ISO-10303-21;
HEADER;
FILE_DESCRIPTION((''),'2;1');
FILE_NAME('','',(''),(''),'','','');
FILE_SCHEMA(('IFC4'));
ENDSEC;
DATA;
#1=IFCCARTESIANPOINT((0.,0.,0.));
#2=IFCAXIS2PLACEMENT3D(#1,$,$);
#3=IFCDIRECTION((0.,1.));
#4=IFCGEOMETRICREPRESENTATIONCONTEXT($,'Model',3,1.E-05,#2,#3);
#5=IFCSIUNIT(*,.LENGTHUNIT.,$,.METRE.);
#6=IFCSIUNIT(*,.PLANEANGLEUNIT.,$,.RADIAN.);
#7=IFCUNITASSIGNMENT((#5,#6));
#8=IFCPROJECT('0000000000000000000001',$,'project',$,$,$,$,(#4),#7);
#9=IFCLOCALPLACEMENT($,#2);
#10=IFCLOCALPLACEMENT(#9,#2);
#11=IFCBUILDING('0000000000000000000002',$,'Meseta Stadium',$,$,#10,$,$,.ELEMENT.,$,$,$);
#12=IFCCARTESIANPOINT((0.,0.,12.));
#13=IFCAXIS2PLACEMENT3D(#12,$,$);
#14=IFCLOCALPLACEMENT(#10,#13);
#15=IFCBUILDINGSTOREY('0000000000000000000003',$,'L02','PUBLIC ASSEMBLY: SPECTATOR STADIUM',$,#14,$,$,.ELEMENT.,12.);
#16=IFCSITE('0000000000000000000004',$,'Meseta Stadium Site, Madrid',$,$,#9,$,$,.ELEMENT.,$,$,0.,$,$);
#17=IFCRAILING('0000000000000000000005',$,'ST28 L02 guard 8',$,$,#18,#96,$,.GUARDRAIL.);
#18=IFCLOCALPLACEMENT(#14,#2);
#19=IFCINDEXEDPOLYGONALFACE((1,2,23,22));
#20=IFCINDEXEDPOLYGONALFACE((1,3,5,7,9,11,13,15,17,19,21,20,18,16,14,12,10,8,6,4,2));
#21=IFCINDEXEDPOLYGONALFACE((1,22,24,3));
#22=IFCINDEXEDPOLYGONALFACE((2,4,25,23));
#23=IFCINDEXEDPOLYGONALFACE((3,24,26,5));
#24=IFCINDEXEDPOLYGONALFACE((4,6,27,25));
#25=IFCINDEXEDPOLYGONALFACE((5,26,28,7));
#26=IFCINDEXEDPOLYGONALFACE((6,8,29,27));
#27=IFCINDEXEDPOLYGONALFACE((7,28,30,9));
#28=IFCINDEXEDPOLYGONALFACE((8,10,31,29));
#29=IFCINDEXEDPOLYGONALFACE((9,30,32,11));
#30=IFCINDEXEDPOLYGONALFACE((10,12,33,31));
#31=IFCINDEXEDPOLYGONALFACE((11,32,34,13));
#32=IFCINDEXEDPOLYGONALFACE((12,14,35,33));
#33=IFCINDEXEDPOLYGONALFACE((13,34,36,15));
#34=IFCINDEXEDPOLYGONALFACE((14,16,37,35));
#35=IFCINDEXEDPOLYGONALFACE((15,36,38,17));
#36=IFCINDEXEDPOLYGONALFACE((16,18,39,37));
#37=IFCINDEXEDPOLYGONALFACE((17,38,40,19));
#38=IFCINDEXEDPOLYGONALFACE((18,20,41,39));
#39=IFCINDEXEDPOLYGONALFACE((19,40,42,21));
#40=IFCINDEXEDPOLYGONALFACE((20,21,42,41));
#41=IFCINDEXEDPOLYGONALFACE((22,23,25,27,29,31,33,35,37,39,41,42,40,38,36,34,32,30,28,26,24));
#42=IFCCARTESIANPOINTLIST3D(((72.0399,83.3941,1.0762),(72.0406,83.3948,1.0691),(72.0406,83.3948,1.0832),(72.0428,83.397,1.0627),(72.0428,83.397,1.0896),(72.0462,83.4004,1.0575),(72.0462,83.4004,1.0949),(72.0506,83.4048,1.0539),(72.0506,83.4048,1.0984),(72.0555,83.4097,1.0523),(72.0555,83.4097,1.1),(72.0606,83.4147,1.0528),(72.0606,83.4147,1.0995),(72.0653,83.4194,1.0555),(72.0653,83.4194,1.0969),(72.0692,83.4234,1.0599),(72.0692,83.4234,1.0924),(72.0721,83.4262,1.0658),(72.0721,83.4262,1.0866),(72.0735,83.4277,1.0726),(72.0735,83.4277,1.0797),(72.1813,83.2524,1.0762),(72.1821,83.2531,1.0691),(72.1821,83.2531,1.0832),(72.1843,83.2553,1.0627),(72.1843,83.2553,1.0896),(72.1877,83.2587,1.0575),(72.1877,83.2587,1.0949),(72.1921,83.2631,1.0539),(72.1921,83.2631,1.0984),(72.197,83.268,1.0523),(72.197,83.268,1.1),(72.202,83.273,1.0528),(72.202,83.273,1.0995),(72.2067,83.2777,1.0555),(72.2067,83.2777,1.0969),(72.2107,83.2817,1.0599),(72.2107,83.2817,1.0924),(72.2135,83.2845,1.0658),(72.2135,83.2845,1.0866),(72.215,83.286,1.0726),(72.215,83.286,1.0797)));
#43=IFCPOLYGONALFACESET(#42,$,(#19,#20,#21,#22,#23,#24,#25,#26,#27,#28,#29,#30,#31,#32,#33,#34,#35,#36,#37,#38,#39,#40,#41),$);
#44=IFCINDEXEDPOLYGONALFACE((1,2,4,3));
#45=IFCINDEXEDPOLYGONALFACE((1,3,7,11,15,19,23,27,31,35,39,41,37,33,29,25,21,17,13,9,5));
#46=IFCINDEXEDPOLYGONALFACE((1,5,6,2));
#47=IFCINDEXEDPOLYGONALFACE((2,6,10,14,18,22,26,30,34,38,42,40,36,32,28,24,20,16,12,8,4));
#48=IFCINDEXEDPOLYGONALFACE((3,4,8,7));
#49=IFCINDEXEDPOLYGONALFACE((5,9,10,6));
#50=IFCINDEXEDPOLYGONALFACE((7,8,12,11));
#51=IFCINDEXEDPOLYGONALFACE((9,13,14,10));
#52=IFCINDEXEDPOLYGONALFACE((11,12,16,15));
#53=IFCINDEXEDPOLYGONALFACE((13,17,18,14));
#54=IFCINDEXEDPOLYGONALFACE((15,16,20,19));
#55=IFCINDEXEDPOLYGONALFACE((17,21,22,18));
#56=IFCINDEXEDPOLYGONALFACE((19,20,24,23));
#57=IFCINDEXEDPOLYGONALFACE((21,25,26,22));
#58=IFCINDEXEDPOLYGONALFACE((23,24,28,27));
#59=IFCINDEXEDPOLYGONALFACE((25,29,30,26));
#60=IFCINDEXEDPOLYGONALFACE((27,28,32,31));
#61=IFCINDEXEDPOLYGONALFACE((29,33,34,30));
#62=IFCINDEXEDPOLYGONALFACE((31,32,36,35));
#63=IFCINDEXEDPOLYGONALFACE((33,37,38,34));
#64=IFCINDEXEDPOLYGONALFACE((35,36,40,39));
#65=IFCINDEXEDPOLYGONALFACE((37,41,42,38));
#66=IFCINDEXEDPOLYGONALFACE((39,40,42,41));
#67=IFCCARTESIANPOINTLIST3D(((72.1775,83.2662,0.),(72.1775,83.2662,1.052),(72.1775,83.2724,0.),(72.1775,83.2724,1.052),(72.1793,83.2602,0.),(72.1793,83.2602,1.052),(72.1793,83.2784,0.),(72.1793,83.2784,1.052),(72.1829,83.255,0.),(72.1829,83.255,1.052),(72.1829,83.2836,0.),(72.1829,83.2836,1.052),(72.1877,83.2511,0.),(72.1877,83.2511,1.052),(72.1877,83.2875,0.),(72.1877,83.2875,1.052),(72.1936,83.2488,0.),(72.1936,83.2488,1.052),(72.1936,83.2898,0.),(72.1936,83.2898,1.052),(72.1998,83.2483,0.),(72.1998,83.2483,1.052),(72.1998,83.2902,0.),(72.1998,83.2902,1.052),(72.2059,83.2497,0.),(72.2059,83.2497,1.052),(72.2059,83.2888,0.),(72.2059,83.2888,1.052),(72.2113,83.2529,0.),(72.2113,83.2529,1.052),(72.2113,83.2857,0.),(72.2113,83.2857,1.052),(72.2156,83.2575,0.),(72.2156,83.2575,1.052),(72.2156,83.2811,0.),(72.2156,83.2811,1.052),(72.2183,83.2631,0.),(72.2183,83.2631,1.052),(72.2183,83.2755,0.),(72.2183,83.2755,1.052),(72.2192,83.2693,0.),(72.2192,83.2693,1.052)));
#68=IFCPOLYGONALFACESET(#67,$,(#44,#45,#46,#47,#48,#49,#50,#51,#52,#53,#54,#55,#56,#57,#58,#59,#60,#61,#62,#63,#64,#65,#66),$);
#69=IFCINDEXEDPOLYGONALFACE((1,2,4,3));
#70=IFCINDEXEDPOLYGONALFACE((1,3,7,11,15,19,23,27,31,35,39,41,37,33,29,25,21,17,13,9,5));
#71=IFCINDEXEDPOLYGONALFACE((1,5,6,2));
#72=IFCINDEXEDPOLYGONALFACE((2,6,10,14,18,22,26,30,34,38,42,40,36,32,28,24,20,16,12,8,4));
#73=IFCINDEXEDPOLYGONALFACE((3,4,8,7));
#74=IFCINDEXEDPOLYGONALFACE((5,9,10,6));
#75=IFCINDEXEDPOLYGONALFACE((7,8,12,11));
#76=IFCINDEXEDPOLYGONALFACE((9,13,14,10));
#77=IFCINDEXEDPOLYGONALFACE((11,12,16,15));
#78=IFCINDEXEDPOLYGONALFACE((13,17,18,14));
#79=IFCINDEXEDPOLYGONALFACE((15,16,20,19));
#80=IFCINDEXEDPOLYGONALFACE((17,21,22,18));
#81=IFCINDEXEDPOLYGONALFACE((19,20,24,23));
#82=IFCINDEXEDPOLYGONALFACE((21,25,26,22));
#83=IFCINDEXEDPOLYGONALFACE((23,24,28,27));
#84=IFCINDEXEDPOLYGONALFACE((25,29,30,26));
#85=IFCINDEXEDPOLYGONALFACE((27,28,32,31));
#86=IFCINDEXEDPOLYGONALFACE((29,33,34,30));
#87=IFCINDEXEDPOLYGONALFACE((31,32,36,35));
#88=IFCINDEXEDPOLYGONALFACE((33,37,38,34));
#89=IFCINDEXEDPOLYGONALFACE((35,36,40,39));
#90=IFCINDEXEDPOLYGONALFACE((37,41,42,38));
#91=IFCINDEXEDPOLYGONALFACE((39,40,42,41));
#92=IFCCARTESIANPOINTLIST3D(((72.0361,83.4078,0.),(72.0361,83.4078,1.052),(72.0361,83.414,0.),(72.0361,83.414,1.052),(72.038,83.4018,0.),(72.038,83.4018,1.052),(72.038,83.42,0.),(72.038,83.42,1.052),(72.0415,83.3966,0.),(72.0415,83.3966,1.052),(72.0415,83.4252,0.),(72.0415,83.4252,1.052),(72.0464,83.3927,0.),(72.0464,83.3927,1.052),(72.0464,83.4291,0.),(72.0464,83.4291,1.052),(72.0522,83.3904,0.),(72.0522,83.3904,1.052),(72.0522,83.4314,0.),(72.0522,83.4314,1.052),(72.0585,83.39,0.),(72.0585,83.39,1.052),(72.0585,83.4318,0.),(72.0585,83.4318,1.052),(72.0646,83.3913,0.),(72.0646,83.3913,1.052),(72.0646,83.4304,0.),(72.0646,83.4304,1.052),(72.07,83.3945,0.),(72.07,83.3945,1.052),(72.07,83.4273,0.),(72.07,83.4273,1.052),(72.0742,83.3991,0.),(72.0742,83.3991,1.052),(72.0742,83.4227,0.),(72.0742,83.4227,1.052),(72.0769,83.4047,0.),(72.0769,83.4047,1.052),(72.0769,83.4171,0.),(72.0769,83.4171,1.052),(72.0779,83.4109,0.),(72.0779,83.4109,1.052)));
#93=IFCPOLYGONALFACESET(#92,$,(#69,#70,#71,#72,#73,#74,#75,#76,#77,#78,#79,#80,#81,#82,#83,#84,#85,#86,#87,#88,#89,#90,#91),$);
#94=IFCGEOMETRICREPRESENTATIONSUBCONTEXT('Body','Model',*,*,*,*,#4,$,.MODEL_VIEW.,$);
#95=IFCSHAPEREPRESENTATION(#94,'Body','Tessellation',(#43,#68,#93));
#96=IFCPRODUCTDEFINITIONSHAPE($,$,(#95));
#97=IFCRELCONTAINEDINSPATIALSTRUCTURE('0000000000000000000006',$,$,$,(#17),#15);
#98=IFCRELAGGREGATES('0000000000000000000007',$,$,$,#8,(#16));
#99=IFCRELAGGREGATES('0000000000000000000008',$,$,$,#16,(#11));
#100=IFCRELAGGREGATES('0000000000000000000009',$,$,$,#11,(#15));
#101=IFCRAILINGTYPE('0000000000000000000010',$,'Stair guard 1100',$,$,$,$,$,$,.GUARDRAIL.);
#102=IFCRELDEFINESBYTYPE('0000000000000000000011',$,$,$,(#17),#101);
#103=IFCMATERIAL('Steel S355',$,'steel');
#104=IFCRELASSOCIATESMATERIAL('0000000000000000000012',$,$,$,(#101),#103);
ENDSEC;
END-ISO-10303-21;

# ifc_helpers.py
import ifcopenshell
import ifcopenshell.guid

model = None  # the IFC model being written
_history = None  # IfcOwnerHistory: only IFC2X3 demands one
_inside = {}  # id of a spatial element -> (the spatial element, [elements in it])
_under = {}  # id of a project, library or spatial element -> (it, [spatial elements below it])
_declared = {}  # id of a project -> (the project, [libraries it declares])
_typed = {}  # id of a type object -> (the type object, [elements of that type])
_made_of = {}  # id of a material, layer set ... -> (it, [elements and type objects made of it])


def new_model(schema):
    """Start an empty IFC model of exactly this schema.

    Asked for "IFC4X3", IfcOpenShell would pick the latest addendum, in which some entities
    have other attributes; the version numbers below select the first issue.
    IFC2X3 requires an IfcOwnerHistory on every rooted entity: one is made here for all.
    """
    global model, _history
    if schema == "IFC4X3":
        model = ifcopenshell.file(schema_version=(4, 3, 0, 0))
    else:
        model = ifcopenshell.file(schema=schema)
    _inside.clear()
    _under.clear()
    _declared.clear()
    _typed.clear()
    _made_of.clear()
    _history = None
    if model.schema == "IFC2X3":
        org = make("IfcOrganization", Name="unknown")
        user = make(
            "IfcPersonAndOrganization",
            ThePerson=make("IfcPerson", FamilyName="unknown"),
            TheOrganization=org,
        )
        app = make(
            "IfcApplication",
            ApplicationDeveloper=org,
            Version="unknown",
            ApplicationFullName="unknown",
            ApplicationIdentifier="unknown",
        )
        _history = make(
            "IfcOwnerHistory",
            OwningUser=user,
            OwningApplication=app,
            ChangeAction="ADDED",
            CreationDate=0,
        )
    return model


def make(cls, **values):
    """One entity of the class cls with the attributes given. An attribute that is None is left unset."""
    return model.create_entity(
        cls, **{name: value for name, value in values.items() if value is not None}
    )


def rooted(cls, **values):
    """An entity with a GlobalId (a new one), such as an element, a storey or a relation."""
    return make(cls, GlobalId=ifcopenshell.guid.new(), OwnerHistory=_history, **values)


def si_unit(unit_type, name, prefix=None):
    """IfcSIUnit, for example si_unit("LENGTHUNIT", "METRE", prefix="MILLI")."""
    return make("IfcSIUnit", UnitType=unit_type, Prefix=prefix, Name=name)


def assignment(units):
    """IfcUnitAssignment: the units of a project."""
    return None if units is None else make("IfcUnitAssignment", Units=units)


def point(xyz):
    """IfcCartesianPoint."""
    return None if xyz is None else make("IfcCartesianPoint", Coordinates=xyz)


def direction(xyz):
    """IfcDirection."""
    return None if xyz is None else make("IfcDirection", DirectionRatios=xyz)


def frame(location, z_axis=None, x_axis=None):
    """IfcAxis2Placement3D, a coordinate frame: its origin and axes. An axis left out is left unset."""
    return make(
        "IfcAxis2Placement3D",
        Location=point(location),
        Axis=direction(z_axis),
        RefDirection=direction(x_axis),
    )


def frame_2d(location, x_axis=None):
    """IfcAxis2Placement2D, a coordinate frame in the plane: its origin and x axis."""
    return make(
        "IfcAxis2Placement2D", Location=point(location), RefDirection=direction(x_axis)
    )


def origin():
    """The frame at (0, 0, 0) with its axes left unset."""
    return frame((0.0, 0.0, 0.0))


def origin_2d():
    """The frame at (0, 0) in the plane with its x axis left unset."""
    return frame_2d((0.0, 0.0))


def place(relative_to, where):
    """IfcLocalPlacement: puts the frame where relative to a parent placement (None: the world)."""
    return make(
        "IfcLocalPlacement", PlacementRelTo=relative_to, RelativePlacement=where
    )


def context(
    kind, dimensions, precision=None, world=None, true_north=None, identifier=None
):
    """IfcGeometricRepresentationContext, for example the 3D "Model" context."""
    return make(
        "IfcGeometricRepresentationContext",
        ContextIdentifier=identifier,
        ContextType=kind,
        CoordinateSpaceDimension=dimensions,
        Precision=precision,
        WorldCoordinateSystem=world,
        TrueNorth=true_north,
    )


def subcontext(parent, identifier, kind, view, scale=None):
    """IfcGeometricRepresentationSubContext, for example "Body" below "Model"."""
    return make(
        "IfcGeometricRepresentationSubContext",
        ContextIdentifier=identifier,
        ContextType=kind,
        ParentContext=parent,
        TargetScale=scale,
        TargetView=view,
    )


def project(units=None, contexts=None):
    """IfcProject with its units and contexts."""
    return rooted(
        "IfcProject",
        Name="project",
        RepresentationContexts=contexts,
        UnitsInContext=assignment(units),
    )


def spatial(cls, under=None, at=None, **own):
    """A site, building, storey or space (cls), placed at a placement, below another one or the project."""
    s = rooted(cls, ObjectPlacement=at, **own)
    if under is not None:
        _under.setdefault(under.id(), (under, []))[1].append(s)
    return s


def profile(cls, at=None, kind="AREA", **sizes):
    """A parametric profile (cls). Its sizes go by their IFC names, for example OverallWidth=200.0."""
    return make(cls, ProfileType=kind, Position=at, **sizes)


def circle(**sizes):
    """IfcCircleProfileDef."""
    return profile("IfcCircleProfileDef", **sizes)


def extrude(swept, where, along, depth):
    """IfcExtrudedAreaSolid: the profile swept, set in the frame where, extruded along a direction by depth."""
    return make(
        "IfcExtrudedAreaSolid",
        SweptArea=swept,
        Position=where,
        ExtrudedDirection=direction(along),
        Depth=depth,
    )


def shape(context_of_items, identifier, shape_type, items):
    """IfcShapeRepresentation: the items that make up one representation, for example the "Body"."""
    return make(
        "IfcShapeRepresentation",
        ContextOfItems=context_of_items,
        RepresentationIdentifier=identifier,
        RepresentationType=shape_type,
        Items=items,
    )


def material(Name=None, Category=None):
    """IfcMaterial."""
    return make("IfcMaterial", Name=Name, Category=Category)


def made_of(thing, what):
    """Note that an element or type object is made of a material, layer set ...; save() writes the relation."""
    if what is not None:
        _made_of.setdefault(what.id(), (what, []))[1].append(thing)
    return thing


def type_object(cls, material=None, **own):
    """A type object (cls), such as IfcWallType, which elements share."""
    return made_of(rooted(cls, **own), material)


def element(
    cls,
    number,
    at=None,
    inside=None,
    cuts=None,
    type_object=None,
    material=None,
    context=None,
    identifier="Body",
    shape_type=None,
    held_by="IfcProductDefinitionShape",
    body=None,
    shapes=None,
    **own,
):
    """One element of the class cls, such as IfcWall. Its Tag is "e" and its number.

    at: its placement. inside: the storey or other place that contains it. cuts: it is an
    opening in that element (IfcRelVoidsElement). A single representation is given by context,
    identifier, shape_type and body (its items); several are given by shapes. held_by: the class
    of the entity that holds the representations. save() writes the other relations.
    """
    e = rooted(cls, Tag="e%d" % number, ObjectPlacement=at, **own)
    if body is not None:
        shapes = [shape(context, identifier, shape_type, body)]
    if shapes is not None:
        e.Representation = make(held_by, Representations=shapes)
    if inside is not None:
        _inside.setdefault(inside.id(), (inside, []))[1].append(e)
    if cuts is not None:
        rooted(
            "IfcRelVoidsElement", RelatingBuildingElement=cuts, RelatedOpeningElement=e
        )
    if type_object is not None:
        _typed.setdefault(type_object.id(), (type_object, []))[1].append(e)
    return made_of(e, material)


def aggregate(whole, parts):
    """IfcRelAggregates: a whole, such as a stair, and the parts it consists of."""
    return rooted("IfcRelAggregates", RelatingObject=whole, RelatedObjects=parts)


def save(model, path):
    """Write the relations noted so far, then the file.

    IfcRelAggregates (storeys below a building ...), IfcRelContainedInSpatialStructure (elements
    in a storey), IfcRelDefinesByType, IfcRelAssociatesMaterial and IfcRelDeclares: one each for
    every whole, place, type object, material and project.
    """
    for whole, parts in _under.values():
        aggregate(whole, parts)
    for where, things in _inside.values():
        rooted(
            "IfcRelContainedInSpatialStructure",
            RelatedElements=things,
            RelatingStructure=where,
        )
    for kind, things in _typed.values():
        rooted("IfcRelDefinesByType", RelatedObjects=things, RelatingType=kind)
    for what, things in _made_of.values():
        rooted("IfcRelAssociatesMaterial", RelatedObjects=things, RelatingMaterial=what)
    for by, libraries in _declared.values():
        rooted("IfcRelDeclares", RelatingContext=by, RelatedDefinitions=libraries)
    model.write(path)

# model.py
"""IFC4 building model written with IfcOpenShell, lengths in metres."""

from ifc_helpers import new_model, si_unit, direction, frame, origin, origin_2d, place, context, subcontext, project, spatial, circle, extrude, material, type_object, element, save


model = new_model("IFC4")

# Units and contexts
model_context = context("Model", 3, precision=1e-05, world=origin(), true_north=direction((0.0, 1.0)))
body_context = subcontext(model_context, "Body", "Model", "MODEL_VIEW")
ifc_project = project(units=[si_unit("LENGTHUNIT", "METRE"), si_unit("PLANEANGLEUNIT", "RADIAN")], contexts=[model_context])

# Site, building, storey
site_placement = place(None, origin())
site = spatial("IfcSite", under=ifc_project, at=site_placement, Name="Meseta Stadium Site, Madrid", CompositionType="ELEMENT", RefElevation=0.0)
building_placement = place(site_placement, origin())
building = spatial("IfcBuilding", under=site, at=building_placement, Name="Meseta Stadium", CompositionType="ELEMENT")
storey_placement = place(building_placement, frame((0.0, 0.0, 12.0)))
storey = spatial("IfcBuildingStorey", under=building, at=storey_placement, Name="L02", Description="PUBLIC ASSEMBLY: SPECTATOR STADIUM", CompositionType="ELEMENT", Elevation=12.0)

# Railing
ifc_material_1 = material(Name="Steel S355", Category="steel")
railing_type_1 = type_object("IfcRailingType", Name="Stair guard 1100", PredefinedType="GUARDRAIL", material=ifc_material_1)
railing_1_placement = place(storey_placement, frame((72.1982, 83.2693, 0.0)))
element("IfcRailing", 1, at=railing_1_placement, inside=storey, type_object=railing_type_1, Name="ST28 L02 guard 8", PredefinedType="GUARDRAIL", context=body_context, shape_type="SweptSolid", body=[
    extrude(circle(Radius=0.0239, at=origin_2d()), frame((0.0, 0.0, 1.0762), z_axis=(-0.706496, 0.707717, 0.0), x_axis=(-0.707717, -0.706496, 0.0)), (0.0, 0.0, 1.0), 0.2002),
    extrude(circle(Radius=0.021, at=origin_2d()), origin(), (0.0, 0.0, 1.0), 1.052),
    extrude(circle(Radius=0.021, at=origin_2d()), frame((-0.1414, 0.1416, 0.0)), (0.0, 0.0, 1.0), 1.052),
])

save(model, "model.ifc")
